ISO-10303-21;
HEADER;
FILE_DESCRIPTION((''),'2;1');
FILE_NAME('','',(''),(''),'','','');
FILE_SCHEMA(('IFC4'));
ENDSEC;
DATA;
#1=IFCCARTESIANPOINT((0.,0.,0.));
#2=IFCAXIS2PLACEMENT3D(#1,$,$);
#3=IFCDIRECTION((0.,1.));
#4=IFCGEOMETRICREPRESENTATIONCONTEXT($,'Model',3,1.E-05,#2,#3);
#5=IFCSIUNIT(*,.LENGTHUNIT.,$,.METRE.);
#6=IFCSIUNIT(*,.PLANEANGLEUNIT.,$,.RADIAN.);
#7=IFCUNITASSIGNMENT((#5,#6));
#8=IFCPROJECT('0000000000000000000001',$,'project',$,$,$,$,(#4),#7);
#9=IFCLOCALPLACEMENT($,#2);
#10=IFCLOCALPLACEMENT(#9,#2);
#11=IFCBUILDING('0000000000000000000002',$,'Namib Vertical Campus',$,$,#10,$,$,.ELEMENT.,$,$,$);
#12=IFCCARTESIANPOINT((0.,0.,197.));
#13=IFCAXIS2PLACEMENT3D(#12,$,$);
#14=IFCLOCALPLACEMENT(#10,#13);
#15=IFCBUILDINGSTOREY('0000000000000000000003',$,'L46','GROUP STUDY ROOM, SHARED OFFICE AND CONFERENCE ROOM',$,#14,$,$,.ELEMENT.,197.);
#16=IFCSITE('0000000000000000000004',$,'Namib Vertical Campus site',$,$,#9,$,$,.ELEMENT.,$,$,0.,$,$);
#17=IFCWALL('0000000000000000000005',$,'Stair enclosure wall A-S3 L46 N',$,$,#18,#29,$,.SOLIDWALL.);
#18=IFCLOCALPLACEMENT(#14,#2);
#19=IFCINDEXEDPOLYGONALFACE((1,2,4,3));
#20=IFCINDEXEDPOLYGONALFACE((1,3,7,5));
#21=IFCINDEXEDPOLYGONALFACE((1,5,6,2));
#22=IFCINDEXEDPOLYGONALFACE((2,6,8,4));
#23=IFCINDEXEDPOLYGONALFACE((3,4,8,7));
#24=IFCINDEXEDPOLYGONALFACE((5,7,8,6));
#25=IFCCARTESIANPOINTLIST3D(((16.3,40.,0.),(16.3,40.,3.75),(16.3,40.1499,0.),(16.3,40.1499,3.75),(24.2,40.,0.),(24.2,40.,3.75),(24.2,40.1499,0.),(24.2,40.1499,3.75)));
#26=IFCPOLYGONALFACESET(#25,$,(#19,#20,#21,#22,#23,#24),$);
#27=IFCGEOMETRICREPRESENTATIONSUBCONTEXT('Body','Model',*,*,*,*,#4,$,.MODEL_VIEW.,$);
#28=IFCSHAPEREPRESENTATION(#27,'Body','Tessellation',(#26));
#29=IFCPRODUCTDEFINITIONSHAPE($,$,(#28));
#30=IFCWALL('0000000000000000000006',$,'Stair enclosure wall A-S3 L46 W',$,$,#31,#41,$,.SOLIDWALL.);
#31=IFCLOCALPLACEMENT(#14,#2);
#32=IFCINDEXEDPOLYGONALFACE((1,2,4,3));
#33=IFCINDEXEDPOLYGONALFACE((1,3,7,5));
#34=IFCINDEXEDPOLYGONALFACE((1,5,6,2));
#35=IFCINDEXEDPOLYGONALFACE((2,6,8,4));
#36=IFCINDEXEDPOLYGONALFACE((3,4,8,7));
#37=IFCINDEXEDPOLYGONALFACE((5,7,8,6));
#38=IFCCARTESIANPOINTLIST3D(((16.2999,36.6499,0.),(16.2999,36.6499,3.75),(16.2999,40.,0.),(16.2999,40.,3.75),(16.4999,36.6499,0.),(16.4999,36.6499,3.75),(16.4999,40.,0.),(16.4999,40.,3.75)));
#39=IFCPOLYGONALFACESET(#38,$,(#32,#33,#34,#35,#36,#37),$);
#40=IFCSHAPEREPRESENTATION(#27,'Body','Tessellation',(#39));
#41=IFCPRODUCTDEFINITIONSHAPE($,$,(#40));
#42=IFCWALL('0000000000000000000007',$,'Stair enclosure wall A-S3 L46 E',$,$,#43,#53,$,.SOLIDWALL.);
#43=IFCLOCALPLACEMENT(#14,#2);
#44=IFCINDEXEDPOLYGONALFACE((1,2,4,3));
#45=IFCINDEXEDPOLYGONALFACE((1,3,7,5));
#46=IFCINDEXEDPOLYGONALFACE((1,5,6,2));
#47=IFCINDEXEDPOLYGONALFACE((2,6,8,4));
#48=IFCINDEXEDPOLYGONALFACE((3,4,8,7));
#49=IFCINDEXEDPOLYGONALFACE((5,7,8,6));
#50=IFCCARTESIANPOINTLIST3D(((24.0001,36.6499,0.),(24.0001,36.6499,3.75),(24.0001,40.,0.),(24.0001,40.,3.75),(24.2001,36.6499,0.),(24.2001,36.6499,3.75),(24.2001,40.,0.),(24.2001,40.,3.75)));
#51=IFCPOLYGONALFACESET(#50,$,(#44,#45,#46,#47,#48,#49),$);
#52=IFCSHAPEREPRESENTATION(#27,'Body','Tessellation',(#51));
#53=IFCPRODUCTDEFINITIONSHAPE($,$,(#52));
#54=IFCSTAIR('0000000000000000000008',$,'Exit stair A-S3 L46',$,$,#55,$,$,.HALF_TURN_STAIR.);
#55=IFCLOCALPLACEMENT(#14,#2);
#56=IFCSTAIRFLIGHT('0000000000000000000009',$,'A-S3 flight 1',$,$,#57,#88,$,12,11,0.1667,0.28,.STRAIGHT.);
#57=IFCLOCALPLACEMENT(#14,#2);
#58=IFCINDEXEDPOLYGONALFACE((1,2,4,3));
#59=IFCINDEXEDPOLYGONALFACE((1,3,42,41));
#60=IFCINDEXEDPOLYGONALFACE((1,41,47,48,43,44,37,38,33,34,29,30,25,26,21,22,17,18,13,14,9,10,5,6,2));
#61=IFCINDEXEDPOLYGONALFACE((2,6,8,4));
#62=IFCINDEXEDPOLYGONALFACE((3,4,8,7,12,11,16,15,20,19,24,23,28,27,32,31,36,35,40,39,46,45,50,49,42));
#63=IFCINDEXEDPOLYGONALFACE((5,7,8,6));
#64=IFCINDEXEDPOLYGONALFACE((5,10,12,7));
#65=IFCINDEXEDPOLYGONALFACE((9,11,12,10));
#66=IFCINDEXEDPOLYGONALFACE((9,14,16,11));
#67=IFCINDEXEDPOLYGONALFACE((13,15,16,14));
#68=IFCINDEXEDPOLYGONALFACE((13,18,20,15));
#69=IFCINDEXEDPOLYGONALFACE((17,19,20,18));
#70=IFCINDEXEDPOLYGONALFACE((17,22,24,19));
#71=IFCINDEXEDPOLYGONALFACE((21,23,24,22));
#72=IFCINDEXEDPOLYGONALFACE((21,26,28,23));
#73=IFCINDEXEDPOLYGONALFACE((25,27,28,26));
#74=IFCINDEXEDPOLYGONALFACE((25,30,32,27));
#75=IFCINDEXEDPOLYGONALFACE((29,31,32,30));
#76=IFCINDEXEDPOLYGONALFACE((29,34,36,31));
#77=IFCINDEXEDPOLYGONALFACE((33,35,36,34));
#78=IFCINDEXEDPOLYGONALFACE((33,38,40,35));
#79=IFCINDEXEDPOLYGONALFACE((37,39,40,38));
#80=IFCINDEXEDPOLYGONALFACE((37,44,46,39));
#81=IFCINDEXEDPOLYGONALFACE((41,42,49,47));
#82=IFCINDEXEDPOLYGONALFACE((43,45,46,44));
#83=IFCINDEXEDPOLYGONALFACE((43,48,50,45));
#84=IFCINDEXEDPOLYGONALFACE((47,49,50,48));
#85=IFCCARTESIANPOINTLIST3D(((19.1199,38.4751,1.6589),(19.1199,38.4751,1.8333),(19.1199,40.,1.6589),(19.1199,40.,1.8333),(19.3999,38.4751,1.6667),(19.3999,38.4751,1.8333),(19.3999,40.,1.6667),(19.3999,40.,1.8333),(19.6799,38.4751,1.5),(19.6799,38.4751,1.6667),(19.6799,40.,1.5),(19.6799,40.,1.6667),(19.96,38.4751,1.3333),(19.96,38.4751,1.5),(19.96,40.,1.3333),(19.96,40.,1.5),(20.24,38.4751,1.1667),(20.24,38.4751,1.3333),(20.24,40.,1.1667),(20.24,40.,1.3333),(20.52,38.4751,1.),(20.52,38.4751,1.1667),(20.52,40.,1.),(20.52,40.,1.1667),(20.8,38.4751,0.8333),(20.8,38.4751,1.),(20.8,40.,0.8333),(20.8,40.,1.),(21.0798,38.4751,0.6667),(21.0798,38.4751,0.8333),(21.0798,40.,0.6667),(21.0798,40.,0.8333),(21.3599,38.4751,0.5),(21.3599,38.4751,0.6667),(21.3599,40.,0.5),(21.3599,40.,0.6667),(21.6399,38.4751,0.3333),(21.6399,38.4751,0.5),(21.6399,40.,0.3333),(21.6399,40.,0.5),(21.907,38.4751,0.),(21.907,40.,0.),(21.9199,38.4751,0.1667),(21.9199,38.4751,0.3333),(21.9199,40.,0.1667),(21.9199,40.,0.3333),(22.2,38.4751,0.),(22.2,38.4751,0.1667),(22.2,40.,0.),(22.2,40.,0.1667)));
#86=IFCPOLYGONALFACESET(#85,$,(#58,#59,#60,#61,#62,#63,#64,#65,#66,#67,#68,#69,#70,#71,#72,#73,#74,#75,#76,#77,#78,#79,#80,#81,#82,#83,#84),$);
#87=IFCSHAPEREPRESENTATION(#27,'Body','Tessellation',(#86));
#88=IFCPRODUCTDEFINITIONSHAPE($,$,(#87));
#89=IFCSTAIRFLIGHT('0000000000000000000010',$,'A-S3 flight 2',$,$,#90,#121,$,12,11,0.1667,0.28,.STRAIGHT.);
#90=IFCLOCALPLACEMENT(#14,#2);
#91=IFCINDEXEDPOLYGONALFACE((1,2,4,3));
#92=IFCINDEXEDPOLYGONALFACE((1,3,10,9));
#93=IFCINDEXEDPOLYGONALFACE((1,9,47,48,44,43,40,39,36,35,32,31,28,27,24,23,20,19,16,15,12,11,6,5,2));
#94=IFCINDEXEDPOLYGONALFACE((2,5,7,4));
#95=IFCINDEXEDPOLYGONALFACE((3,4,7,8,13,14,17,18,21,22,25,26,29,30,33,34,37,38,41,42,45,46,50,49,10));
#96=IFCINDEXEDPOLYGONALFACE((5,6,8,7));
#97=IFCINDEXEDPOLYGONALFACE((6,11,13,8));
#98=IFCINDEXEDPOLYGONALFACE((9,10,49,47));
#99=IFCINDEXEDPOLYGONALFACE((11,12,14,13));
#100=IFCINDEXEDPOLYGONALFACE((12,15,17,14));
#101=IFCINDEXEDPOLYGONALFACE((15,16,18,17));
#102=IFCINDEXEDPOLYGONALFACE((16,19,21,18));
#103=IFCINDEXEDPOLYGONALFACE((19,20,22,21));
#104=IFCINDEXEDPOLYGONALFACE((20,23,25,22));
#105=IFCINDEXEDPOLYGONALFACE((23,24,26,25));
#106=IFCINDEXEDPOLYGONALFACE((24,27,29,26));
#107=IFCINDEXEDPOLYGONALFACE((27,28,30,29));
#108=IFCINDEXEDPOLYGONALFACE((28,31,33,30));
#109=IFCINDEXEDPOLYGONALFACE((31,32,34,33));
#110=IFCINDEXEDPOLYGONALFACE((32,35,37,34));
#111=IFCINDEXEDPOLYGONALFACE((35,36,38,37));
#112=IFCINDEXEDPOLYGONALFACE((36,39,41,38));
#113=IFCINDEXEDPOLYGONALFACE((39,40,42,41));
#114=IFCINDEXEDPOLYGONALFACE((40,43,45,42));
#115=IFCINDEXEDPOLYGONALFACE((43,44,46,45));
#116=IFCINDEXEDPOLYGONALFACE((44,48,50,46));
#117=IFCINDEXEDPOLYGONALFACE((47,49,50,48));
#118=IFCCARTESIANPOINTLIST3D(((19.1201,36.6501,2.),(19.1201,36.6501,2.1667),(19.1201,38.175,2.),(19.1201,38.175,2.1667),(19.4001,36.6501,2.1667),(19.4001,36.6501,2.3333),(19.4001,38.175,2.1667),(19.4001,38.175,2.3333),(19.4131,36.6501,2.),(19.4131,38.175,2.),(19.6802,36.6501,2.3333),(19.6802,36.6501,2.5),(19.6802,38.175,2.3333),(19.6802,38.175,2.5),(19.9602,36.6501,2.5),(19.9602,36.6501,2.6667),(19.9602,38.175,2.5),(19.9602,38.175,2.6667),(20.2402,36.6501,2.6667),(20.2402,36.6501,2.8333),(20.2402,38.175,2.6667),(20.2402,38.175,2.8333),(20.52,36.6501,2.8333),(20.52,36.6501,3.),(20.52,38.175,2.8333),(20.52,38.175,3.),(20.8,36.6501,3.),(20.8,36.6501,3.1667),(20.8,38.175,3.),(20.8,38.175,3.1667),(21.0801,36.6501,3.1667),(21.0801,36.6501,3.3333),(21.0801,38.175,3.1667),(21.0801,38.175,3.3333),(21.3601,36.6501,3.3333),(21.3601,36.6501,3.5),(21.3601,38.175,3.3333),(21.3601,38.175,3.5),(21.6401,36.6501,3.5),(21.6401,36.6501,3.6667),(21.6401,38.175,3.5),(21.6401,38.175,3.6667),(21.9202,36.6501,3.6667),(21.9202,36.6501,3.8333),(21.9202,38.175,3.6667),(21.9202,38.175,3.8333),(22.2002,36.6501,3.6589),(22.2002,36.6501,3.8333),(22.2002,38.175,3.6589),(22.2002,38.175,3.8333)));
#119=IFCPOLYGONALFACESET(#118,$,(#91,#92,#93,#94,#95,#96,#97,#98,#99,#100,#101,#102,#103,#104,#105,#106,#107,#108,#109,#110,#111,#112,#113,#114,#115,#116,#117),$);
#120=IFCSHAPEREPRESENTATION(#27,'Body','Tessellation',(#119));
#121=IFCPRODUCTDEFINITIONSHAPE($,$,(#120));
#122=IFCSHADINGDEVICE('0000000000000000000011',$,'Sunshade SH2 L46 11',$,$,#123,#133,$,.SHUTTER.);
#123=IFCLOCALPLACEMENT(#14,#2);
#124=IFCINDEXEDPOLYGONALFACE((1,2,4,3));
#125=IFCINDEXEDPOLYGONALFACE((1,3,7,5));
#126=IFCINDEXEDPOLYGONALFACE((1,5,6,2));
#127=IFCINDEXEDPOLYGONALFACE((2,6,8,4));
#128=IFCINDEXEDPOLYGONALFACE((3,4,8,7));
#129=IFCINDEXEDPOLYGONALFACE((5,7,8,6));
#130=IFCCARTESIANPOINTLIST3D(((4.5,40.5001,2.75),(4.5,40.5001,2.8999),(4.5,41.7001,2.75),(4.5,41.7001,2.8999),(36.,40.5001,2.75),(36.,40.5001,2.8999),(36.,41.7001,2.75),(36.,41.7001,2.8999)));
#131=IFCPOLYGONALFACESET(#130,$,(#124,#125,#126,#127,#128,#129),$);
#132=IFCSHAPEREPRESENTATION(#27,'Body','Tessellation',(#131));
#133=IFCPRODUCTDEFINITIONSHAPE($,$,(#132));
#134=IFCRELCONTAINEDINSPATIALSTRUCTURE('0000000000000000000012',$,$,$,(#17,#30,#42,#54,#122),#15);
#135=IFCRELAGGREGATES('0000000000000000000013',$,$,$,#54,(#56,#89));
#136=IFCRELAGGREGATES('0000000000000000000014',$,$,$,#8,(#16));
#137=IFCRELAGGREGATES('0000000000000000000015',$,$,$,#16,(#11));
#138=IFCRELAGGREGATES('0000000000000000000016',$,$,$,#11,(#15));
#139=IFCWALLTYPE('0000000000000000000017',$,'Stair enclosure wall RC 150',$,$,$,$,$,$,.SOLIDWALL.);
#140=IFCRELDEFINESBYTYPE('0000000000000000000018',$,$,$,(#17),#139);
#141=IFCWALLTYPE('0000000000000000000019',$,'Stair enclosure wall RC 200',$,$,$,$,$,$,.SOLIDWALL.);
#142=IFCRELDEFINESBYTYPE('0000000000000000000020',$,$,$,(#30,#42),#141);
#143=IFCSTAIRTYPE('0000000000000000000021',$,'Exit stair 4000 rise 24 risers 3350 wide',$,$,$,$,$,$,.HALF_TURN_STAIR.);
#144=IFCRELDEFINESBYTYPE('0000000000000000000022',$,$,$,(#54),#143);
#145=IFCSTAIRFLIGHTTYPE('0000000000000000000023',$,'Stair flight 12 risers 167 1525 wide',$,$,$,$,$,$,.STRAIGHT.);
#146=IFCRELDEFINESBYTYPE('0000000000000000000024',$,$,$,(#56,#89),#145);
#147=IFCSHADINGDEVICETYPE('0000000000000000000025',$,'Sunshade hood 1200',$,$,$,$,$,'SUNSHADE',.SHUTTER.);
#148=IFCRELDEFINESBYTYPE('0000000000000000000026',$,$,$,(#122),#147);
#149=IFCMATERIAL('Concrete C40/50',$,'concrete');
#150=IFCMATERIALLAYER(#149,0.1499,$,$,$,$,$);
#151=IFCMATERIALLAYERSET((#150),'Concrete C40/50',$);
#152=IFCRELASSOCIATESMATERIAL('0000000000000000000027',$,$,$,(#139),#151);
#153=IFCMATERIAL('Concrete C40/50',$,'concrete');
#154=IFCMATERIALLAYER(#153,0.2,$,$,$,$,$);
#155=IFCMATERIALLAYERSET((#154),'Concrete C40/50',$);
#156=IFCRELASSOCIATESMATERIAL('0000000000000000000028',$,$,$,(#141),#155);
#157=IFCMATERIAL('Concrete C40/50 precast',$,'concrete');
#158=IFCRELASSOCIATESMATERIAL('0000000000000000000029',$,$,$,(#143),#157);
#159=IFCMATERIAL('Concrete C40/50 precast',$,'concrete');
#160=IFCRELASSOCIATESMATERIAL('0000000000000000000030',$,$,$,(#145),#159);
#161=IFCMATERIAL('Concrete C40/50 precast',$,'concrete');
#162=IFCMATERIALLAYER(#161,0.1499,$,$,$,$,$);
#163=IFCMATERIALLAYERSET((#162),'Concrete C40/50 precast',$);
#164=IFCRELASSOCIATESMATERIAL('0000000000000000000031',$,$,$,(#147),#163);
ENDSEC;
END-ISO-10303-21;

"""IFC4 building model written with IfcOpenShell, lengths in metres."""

from ifc_helpers import new_model, si_unit, direction, frame, frame_2d, origin, origin_2d, place, context, subcontext, project, spatial, polyline, rectangle, outline, extrude, material, layer, layer_set, type_object, element, aggregate, save


model = new_model("IFC4")

# Units and contexts
model_context = context("Model", 3, precision=1e-05, world=origin(), true_north=direction((0.0, 1.0)))
body_context = subcontext(model_context, "Body", "Model", "MODEL_VIEW")
ifc_project = project(units=[si_unit("LENGTHUNIT", "METRE"), si_unit("PLANEANGLEUNIT", "RADIAN")], contexts=[model_context])

# Site, building, storey
site_placement = place(None, origin())
site = spatial("IfcSite", under=ifc_project, at=site_placement, Name="Namib Vertical Campus site", CompositionType="ELEMENT", RefElevation=0.0)
building_placement = place(site_placement, origin())
building = spatial("IfcBuilding", under=site, at=building_placement, Name="Namib Vertical Campus", CompositionType="ELEMENT")
storey_placement = place(building_placement, frame((0.0, 0.0, 197.0)))
storey = spatial("IfcBuildingStorey", under=building, at=storey_placement, Name="L46", Description="GROUP STUDY ROOM, SHARED OFFICE AND CONFERENCE ROOM", CompositionType="ELEMENT", Elevation=197.0)

# Walls
ifc_material_1 = material(Name="Concrete C40/50", Category="concrete")
ifc_layer_1 = layer(ifc_material_1, 0.1499)
ifc_layer_set_1 = layer_set([ifc_layer_1], Name="Concrete C40/50")
wall_type_1 = type_object("IfcWallType", Name="Stair enclosure wall RC 150", PredefinedType="SOLIDWALL", material=ifc_layer_set_1)
wall_1_placement = place(storey_placement, frame((16.3, 40.075, 0.0), z_axis=(0.0, 0.0, 1.0), x_axis=(1.0, 0.0, 0.0)))
element("IfcWall", 1, at=wall_1_placement, inside=storey, type_object=wall_type_1, Name="Stair enclosure wall A-S3 L46 N", PredefinedType="SOLIDWALL", context=body_context, shape_type="SweptSolid", body=[
    extrude(rectangle(XDim=7.8999, YDim=0.1499, at=frame_2d((3.95, 0.0))), origin(), (0.0, 0.0, 1.0), 3.75),
])
ifc_material_2 = material(Name="Concrete C40/50", Category="concrete")
ifc_layer_2 = layer(ifc_material_2, 0.2)
ifc_layer_set_2 = layer_set([ifc_layer_2], Name="Concrete C40/50")
wall_type_2 = type_object("IfcWallType", Name="Stair enclosure wall RC 200", PredefinedType="SOLIDWALL", material=ifc_layer_set_2)
for number, where, z_axis, x_axis, name in (
    (2, (16.3999, 36.6499, 0.0), (0.0, 0.0, 1.0), (0.0, 1.0, 0.0), "Stair enclosure wall A-S3 L46 W"),
    (3, (24.1001, 36.6499, 0.0), (0.0, 0.0, 1.0), (0.0, 1.0, 0.0), "Stair enclosure wall A-S3 L46 E"),
):
    element("IfcWall", number, at=place(storey_placement, frame(where, z_axis=z_axis, x_axis=x_axis)), inside=storey, type_object=wall_type_2, Name=name, PredefinedType="SOLIDWALL", context=body_context, shape_type="SweptSolid", body=[
        extrude(rectangle(XDim=3.3501, YDim=0.2, at=frame_2d((1.675, 0.0))), origin(), (0.0, 0.0, 1.0), 3.75),
    ])

# Stair, stair flights
ifc_material_3 = material(Name="Concrete C40/50 precast", Category="concrete")
stair_type = type_object("IfcStairType", Name="Exit stair 4000 rise 24 risers 3350 wide", PredefinedType="HALF_TURN_STAIR", material=ifc_material_3)
stair_placement = place(storey_placement, origin())
stair = element("IfcStair", 4, at=stair_placement, inside=storey, type_object=stair_type, Name="Exit stair A-S3 L46", PredefinedType="HALF_TURN_STAIR")
ifc_material_4 = material(Name="Concrete C40/50 precast", Category="concrete")
stair_flight_type = type_object("IfcStairFlightType", Name="Stair flight 12 risers 167 1525 wide", PredefinedType="STRAIGHT", material=ifc_material_4)
stair_flight_1_placement = place(storey_placement, frame((22.2, 39.2375, 0.0), z_axis=(0.0, 0.0, 1.0), x_axis=(-1.0, 0.0, 0.0)))
stair_flight_1 = element("IfcStairFlight", 5, at=stair_flight_1_placement, type_object=stair_flight_type, Name="A-S3 flight 1", NumberOfRisers=12, NumberOfTreads=11, PredefinedType="STRAIGHT", RiserHeight=0.1667, TreadLength=0.28, context=body_context, shape_type="SweptSolid", body=[
    extrude(outline(polyline([(0.0, 0.0), (0.0, 0.1667), (0.28, 0.1667), (0.28, 0.3333), (0.5601, 0.3333), (0.5601, 0.5), (0.8401, 0.5), (0.8401, 0.6667), (1.1201, 0.6667), (1.1201, 0.8333), (1.3999, 0.8333), (1.3999, 1.0), (1.6799, 1.0), (1.6799, 1.1667), (1.96, 1.1667), (1.96, 1.3333), (2.24, 1.3333), (2.24, 1.5), (2.52, 1.5), (2.52, 1.6667), (2.8, 1.6667), (2.8, 1.8333), (3.0801, 1.8333), (3.0801, 2.0), (3.0801, 1.6589), (0.293, 0.0), (0.0, 0.0)])), frame((0.0, 0.7625, 0.0), z_axis=(0.0, -1.0, 0.0), x_axis=(1.0, 0.0, 0.0)), (0.0, 0.0, 1.0), 1.5249),
])
stair_flight_2_placement = place(storey_placement, frame((19.1201, 37.4126, 2.0), z_axis=(0.0, 0.0, 1.0), x_axis=(1.0, 0.0, 0.0)))
stair_flight_2 = element("IfcStairFlight", 6, at=stair_flight_2_placement, type_object=stair_flight_type, Name="A-S3 flight 2", NumberOfRisers=12, NumberOfTreads=11, PredefinedType="STRAIGHT", RiserHeight=0.1667, TreadLength=0.28, context=body_context, shape_type="SweptSolid", body=[
    extrude(outline(polyline([(0.0, 0.0), (0.0, 0.1667), (0.28, 0.1667), (0.28, 0.3333), (0.5601, 0.3333), (0.5601, 0.5), (0.8401, 0.5), (0.8401, 0.6667), (1.1201, 0.6667), (1.1201, 0.8333), (1.3999, 0.8333), (1.3999, 1.0), (1.6799, 1.0), (1.6799, 1.1667), (1.96, 1.1667), (1.96, 1.3333), (2.24, 1.3333), (2.24, 1.5), (2.52, 1.5), (2.52, 1.6667), (2.8, 1.6667), (2.8, 1.8333), (3.0801, 1.8333), (3.0801, 2.0), (3.0801, 1.6589), (0.293, 0.0), (0.0, 0.0)])), frame((0.0, 0.7625, 0.0), z_axis=(0.0, -1.0, 0.0), x_axis=(1.0, 0.0, 0.0)), (0.0, 0.0, 1.0), 1.5249),
])
aggregate(stair, [stair_flight_1, stair_flight_2])

# Shading device
ifc_material_5 = material(Name="Concrete C40/50 precast", Category="concrete")
ifc_layer_3 = layer(ifc_material_5, 0.1499)
ifc_layer_set_3 = layer_set([ifc_layer_3], Name="Concrete C40/50 precast")
shading_device_type = type_object("IfcShadingDeviceType", Name="Sunshade hood 1200", ElementType="SUNSHADE", PredefinedType="SHUTTER", material=ifc_layer_set_3)
shading_device_placement = place(storey_placement, frame((20.25, 41.1001, 2.75), z_axis=(0.0, 0.0, 1.0), x_axis=(-1.0, 0.0, 0.0)))
element("IfcShadingDevice", 7, at=shading_device_placement, inside=storey, type_object=shading_device_type, Name="Sunshade SH2 L46 11", PredefinedType="SHUTTER", context=body_context, shape_type="SweptSolid", body=[
    extrude(rectangle(XDim=31.5, YDim=1.2, at=origin_2d()), origin(), (0.0, 0.0, 1.0), 0.1499),
])

save(model, "model.ifc")
